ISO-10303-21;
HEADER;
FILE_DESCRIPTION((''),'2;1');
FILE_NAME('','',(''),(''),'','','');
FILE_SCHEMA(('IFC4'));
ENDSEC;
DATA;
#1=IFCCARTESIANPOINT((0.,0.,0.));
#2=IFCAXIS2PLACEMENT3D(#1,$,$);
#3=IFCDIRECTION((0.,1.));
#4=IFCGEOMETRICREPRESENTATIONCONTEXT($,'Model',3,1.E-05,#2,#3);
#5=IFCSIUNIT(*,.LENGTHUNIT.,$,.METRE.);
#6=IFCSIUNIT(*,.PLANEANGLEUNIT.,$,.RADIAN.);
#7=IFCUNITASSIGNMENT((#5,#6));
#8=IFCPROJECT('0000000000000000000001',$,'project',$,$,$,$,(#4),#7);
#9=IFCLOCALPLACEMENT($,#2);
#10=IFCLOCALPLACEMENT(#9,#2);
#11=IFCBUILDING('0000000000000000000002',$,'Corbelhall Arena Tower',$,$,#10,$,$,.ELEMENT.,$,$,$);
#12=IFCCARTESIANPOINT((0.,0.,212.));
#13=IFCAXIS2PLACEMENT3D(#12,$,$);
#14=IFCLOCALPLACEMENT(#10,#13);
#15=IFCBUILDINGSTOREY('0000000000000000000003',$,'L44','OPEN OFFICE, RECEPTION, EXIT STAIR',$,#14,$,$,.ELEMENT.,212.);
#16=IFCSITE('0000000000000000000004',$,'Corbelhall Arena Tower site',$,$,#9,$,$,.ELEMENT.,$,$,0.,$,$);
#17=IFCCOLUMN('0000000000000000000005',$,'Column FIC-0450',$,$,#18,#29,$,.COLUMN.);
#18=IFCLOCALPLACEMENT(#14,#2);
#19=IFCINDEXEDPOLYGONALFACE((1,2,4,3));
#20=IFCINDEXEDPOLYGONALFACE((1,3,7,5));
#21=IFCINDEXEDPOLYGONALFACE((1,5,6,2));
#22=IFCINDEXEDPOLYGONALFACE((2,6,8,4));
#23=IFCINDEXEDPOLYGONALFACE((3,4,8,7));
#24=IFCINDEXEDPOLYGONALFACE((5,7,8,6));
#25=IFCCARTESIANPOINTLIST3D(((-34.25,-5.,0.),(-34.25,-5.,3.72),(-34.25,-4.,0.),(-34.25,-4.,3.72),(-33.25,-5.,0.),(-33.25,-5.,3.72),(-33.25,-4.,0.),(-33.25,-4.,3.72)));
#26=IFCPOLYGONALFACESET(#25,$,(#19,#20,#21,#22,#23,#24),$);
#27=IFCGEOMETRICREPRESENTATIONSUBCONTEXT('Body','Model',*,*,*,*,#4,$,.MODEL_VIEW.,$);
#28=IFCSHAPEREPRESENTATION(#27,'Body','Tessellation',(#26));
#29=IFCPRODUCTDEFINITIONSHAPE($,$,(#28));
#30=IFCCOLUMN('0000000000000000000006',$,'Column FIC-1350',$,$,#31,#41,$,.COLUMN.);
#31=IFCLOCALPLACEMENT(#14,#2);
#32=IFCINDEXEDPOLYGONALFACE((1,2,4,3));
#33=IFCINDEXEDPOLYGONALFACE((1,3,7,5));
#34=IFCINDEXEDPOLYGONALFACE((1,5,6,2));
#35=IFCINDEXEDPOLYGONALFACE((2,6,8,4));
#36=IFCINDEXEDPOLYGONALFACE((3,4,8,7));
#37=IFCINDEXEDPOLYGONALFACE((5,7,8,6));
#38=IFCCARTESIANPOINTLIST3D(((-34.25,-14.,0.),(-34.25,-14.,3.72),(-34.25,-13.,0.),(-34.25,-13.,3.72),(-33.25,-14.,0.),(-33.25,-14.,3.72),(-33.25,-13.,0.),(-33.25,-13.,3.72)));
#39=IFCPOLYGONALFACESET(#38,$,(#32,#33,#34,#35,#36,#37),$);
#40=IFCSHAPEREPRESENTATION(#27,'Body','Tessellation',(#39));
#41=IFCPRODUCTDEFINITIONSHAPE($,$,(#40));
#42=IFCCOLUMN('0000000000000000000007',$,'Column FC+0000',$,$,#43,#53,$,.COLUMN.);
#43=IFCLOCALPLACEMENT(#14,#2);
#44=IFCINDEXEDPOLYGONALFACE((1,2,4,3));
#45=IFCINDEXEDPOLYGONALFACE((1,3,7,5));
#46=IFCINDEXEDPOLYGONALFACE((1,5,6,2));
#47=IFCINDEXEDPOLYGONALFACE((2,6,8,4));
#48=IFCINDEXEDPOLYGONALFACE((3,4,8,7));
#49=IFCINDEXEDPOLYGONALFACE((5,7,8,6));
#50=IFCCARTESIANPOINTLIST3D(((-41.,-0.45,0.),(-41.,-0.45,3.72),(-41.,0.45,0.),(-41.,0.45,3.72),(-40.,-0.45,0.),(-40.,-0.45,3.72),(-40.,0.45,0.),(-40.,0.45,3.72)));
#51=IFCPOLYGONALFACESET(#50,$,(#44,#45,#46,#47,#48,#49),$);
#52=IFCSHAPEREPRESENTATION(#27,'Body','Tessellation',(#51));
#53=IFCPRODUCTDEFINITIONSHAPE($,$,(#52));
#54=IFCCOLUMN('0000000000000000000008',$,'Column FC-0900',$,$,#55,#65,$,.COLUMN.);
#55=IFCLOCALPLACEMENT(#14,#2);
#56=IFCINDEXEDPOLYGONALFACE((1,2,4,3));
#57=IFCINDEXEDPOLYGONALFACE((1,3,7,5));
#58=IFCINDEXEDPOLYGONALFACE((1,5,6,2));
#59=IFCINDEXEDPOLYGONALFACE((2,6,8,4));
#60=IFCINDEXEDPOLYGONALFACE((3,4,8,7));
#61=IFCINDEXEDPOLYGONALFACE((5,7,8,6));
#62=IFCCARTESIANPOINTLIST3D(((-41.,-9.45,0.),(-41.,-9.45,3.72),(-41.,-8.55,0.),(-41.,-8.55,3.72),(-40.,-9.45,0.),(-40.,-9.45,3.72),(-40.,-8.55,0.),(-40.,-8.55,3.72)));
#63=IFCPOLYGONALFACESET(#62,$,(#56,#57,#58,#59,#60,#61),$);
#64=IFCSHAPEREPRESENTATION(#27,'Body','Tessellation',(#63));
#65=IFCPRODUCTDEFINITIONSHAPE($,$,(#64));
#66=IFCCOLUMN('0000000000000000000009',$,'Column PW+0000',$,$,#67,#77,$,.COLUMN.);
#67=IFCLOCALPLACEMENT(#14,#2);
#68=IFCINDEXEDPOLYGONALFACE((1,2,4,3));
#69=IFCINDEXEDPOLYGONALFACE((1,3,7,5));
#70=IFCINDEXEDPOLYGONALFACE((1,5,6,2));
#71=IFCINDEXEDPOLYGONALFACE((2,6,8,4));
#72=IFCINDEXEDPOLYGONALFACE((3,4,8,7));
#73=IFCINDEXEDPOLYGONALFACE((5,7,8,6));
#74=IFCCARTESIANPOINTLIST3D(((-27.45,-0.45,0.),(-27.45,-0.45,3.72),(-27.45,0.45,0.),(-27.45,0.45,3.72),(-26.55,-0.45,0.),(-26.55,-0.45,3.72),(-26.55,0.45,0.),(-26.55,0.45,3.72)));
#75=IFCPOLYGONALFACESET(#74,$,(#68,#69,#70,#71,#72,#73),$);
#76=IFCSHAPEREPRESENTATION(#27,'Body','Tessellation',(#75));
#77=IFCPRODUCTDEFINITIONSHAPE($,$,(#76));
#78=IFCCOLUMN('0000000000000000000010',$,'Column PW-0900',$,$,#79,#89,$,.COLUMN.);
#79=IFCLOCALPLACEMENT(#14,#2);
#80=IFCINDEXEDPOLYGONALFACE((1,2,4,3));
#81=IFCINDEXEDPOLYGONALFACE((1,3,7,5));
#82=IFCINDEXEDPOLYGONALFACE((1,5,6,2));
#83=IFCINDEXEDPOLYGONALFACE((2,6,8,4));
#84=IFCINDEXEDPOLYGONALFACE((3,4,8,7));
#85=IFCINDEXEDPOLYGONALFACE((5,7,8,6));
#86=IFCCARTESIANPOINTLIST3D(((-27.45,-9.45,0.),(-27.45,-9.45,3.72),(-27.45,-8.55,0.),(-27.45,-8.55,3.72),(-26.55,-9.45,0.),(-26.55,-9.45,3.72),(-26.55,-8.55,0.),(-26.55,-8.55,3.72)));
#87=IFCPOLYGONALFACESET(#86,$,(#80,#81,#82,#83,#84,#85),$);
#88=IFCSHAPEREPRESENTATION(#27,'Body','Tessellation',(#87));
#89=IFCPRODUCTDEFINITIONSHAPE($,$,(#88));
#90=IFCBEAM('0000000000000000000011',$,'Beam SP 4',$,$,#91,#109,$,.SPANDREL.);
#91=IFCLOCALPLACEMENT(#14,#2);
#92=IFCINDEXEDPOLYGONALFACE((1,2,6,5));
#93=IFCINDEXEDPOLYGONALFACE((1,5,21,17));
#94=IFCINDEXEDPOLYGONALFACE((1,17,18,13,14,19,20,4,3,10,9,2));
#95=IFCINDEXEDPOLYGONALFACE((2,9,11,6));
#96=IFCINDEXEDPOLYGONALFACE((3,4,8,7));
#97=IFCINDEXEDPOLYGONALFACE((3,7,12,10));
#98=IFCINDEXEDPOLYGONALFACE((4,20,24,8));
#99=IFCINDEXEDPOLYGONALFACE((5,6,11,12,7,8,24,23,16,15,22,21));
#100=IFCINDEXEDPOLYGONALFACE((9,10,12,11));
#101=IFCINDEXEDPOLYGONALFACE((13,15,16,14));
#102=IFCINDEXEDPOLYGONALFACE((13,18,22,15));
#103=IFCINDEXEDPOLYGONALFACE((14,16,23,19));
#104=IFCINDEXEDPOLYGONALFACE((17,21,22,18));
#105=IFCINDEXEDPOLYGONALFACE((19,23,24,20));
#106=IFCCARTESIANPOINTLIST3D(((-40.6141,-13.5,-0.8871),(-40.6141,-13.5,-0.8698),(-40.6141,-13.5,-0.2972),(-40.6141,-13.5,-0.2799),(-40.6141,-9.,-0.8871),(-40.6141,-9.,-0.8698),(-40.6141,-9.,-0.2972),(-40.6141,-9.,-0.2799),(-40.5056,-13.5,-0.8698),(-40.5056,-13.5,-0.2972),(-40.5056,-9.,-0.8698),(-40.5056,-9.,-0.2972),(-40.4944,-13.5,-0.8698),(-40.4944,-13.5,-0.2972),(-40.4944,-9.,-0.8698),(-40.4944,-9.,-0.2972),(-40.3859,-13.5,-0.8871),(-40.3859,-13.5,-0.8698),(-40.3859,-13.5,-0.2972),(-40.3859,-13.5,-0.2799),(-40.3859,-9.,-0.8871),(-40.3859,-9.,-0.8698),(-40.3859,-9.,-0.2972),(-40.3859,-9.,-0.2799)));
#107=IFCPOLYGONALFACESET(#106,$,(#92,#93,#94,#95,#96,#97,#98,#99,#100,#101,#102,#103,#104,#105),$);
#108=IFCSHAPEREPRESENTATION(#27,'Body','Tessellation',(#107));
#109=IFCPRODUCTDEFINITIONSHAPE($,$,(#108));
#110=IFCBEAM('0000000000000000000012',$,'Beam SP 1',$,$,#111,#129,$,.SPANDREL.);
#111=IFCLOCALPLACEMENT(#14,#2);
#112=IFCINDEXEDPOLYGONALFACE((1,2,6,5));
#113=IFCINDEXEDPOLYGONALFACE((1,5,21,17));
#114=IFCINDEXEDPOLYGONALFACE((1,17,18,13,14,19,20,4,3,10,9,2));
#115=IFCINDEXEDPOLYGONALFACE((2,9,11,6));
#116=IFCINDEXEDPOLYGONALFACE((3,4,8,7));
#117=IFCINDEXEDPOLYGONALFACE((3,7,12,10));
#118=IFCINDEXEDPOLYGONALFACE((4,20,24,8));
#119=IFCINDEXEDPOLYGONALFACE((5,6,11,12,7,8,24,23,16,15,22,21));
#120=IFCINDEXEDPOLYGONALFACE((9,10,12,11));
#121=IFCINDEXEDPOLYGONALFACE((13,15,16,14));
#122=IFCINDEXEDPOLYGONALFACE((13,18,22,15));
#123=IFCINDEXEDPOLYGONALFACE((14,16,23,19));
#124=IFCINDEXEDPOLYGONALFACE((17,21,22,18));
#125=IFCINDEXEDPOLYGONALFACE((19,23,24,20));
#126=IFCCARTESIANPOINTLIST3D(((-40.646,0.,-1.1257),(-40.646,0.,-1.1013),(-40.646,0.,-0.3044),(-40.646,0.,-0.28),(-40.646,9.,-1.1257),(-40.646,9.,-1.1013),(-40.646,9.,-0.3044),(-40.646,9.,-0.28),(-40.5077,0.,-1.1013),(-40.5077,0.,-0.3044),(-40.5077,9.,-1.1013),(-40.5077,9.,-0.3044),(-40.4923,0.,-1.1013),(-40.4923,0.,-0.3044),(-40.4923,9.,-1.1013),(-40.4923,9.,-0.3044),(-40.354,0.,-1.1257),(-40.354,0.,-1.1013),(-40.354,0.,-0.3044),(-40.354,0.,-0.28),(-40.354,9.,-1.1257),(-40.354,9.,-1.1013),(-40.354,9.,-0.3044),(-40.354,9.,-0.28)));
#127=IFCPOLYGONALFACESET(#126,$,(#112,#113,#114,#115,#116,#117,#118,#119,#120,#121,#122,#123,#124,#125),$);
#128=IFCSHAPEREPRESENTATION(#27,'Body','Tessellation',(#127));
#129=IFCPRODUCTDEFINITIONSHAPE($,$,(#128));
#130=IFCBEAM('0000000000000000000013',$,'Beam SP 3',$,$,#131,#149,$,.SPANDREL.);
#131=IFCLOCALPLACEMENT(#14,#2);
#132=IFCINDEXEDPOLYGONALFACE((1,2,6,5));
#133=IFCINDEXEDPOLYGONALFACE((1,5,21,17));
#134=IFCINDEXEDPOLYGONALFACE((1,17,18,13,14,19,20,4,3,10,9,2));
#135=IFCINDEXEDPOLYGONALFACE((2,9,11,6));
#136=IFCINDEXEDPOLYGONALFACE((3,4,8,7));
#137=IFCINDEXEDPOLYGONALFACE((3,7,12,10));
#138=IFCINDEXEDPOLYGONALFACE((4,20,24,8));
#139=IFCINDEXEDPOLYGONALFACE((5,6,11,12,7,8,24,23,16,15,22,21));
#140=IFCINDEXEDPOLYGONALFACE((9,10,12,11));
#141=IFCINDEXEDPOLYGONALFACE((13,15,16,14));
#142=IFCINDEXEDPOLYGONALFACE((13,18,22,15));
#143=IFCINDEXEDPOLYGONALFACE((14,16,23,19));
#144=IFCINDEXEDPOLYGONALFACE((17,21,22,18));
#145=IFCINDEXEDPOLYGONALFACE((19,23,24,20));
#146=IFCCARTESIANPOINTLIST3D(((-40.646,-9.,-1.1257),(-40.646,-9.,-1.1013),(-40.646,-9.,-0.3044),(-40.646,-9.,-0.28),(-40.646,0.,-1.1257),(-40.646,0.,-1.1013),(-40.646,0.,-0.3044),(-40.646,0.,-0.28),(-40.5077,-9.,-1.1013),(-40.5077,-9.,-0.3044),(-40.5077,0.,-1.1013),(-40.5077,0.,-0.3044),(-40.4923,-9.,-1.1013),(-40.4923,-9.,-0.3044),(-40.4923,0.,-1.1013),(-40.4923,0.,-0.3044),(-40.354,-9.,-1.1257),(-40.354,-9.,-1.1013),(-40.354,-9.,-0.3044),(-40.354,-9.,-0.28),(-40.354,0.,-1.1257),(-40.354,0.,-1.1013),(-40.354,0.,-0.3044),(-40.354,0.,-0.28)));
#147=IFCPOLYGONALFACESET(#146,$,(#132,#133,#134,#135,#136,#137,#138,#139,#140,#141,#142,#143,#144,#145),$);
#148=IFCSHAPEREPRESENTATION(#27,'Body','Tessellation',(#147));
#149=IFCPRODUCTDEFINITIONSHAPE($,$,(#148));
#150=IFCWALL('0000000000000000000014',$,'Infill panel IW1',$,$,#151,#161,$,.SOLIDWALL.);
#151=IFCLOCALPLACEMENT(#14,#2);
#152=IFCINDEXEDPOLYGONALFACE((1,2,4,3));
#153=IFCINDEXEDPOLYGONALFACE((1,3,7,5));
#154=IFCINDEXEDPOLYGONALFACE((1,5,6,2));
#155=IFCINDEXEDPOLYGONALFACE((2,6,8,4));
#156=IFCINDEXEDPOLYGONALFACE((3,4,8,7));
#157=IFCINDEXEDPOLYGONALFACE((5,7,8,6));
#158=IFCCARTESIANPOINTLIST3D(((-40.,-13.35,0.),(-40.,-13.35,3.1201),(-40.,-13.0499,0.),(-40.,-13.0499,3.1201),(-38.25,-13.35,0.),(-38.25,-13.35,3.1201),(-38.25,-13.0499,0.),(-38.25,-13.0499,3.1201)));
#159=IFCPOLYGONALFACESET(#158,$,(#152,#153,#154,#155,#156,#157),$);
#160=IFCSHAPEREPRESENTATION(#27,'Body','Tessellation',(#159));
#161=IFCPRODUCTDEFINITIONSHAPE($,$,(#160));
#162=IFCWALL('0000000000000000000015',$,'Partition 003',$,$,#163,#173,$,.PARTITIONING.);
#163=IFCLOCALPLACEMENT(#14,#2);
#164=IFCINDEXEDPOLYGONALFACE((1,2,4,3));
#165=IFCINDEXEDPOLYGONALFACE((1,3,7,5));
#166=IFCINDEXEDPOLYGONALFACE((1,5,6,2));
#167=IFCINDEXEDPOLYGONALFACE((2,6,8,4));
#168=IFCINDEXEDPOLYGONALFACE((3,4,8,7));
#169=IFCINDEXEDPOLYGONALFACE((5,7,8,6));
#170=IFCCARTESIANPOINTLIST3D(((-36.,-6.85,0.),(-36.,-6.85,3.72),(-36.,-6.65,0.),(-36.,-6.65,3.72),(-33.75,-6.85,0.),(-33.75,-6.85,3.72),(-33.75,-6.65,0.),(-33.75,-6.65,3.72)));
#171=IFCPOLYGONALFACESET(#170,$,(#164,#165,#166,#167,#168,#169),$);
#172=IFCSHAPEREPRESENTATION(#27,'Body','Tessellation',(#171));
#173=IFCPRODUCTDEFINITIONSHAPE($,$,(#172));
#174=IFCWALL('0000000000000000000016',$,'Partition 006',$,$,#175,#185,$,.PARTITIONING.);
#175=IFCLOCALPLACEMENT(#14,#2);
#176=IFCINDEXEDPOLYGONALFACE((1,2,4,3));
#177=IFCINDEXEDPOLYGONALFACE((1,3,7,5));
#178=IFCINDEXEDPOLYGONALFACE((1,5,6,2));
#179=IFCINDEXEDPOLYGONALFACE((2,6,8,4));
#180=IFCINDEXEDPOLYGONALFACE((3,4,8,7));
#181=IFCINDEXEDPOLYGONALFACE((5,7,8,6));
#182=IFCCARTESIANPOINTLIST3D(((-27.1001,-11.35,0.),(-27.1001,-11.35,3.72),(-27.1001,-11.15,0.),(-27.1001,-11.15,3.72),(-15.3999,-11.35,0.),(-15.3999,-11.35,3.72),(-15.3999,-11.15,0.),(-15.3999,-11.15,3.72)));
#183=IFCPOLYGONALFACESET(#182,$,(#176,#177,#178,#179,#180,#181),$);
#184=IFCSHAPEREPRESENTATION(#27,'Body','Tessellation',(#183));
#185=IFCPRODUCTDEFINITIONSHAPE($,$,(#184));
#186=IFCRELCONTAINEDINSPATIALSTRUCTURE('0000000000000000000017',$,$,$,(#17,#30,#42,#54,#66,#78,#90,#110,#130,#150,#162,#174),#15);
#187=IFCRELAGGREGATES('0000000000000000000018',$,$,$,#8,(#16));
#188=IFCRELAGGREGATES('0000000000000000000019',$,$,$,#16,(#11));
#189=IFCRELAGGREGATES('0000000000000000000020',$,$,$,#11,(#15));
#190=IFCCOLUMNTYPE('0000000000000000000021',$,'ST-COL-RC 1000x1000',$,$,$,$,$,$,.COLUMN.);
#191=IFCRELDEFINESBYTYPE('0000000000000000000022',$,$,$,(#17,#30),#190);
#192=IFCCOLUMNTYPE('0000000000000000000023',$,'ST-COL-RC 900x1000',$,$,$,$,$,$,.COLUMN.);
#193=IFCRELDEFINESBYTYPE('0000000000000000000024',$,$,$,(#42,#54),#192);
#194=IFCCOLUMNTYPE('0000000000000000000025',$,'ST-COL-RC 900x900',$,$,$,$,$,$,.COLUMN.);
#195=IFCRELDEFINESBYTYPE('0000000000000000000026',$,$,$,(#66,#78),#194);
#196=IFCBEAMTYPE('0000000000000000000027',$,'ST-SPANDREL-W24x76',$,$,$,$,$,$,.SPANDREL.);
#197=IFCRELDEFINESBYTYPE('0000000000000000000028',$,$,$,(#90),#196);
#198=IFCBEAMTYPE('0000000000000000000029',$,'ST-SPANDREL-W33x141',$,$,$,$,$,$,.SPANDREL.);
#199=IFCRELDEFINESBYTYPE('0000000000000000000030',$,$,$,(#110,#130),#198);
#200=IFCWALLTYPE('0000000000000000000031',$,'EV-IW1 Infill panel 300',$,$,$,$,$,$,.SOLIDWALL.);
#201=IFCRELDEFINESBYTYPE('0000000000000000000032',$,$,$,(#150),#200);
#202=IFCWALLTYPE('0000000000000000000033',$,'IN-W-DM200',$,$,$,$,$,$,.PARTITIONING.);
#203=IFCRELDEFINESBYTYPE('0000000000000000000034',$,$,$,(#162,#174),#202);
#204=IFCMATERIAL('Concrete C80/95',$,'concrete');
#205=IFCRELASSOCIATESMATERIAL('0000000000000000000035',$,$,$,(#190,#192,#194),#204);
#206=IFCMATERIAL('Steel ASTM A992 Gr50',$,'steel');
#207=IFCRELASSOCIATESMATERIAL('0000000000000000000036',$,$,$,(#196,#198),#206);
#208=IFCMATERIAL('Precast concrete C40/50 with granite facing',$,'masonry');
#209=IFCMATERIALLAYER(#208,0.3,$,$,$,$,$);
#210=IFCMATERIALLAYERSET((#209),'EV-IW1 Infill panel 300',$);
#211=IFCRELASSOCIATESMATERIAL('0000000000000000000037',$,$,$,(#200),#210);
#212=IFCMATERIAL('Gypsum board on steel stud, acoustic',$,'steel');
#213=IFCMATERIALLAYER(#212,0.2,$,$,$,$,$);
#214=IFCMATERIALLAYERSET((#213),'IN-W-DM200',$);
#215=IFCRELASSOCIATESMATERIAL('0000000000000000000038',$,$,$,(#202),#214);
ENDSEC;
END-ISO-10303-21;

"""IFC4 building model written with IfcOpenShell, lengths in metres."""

from ifc_helpers import new_model, si_unit, direction, frame, frame_2d, origin, origin_2d, place, context, subcontext, project, spatial, rectangle, i_section, extrude, material, layer, layer_set, material_profile, profile_set, type_object, element, save


model = new_model("IFC4")

# Units and contexts
model_context = context("Model", 3, precision=1e-05, world=origin(), true_north=direction((0.0, 1.0)))
body_context = subcontext(model_context, "Body", "Model", "MODEL_VIEW")
ifc_project = project(units=[si_unit("LENGTHUNIT", "METRE"), si_unit("PLANEANGLEUNIT", "RADIAN")], contexts=[model_context])

# Site, building, storey
site_placement = place(None, origin())
site = spatial("IfcSite", under=ifc_project, at=site_placement, Name="Corbelhall Arena Tower site", CompositionType="ELEMENT", RefElevation=0.0)
building_placement = place(site_placement, origin())
building = spatial("IfcBuilding", under=site, at=building_placement, Name="Corbelhall Arena Tower", CompositionType="ELEMENT")
storey_placement = place(building_placement, frame((0.0, 0.0, 212.0)))
storey = spatial("IfcBuildingStorey", under=building, at=storey_placement, Name="L44", Description="OPEN OFFICE, RECEPTION, EXIT STAIR", CompositionType="ELEMENT", Elevation=212.0)

# Columns
ifc_material_1 = material(Name="Concrete C80/95", Category="concrete")
ifc_material_profile_1 = material_profile(ifc_material_1, rectangle(XDim=1.0, YDim=1.0, at=origin_2d()))
ifc_profile_set_1 = profile_set([ifc_material_profile_1], Name="Concrete C80/95")
column_type_1 = type_object("IfcColumnType", Name="ST-COL-RC 1000x1000", PredefinedType="COLUMN", material=ifc_profile_set_1)
for number, where, z_axis, x_axis, name in (
    (1, (-33.75, -4.5, 0.0), (0.0, 0.0, 1.0), (1.0, 0.0, 0.0), "Column FIC-0450"),
    (2, (-33.75, -13.5, 0.0), (0.0, 0.0, 1.0), (1.0, 0.0, 0.0), "Column FIC-1350"),
):
    element("IfcColumn", number, at=place(storey_placement, frame(where, z_axis=z_axis, x_axis=x_axis)), inside=storey, type_object=column_type_1, Name=name, PredefinedType="COLUMN", context=body_context, shape_type="SweptSolid", body=[
        extrude(rectangle(XDim=1.0, YDim=1.0, at=origin_2d()), origin(), (0.0, 0.0, 1.0), 3.72),
    ])
ifc_material_profile_2 = material_profile(ifc_material_1, rectangle(XDim=0.8999, YDim=1.0, at=origin_2d()))
ifc_profile_set_2 = profile_set([ifc_material_profile_2], Name="Concrete C80/95")
column_type_2 = type_object("IfcColumnType", Name="ST-COL-RC 900x1000", PredefinedType="COLUMN", material=ifc_profile_set_2)
for number, where, z_axis, x_axis, name in (
    (3, (-40.5, 0.0, 0.0), (0.0, 0.0, 1.0), (0.0, 1.0, 0.0), "Column FC+0000"),
    (4, (-40.5, -9.0, 0.0), (0.0, 0.0, 1.0), (0.0, 1.0, 0.0), "Column FC-0900"),
):
    element("IfcColumn", number, at=place(storey_placement, frame(where, z_axis=z_axis, x_axis=x_axis)), inside=storey, type_object=column_type_2, Name=name, PredefinedType="COLUMN", context=body_context, shape_type="SweptSolid", body=[
        extrude(rectangle(XDim=0.8999, YDim=1.0, at=origin_2d()), origin(), (0.0, 0.0, 1.0), 3.72),
    ])
ifc_material_profile_3 = material_profile(ifc_material_1, rectangle(XDim=0.8999, YDim=0.8999, at=origin_2d()))
ifc_profile_set_3 = profile_set([ifc_material_profile_3], Name="Concrete C80/95")
column_type_3 = type_object("IfcColumnType", Name="ST-COL-RC 900x900", PredefinedType="COLUMN", material=ifc_profile_set_3)
for number, where, z_axis, x_axis, name in (
    (5, (-27.0, 0.0, 0.0), (0.0, 0.0, 1.0), (1.0, 0.0, 0.0), "Column PW+0000"),
    (6, (-27.0, -9.0, 0.0), (0.0, 0.0, 1.0), (1.0, 0.0, 0.0), "Column PW-0900"),
):
    element("IfcColumn", number, at=place(storey_placement, frame(where, z_axis=z_axis, x_axis=x_axis)), inside=storey, type_object=column_type_3, Name=name, PredefinedType="COLUMN", context=body_context, shape_type="SweptSolid", body=[
        extrude(rectangle(XDim=0.8999, YDim=0.8999, at=origin_2d()), origin(), (0.0, 0.0, 1.0), 3.72),
    ])

# Beams
ifc_material_2 = material(Name="Steel ASTM A992 Gr50", Category="steel")
ifc_material_profile_4 = material_profile(ifc_material_2, i_section(OverallWidth=0.2283, OverallDepth=0.6072, WebThickness=0.0112, FlangeThickness=0.0173, at=origin_2d()))
ifc_profile_set_4 = profile_set([ifc_material_profile_4], Name="Steel ASTM A992 Gr50")
beam_type_1 = type_object("IfcBeamType", Name="ST-SPANDREL-W24x76", PredefinedType="SPANDREL", material=ifc_profile_set_4)
beam_placement = place(storey_placement, frame((-40.5, -13.5, -0.5835), z_axis=(0.0, 1.0, 0.0), x_axis=(-1.0, 0.0, 0.0)))
element("IfcBeam", 7, at=beam_placement, inside=storey, type_object=beam_type_1, Name="Beam SP 4", PredefinedType="SPANDREL", context=body_context, shape_type="SweptSolid", body=[
    extrude(i_section(OverallWidth=0.2283, OverallDepth=0.6072, WebThickness=0.0112, FlangeThickness=0.0173, at=origin_2d()), origin(), (0.0, 0.0, 1.0), 4.5),
])
ifc_material_profile_5 = material_profile(ifc_material_2, i_section(OverallWidth=0.292, OverallDepth=0.8457, WebThickness=0.0154, FlangeThickness=0.0244, at=origin_2d()))
ifc_profile_set_5 = profile_set([ifc_material_profile_5], Name="Steel ASTM A992 Gr50")
beam_type_2 = type_object("IfcBeamType", Name="ST-SPANDREL-W33x141", PredefinedType="SPANDREL", material=ifc_profile_set_5)
for number, where, z_axis, x_axis, name in (
    (8, (-40.5, 0.0, -0.7029), (0.0, 1.0, 0.0), (-1.0, 0.0, 0.0), "Beam SP 1"),
    (9, (-40.5, -9.0, -0.7029), (0.0, 1.0, 0.0), (-1.0, 0.0, 0.0), "Beam SP 3"),
):
    element("IfcBeam", number, at=place(storey_placement, frame(where, z_axis=z_axis, x_axis=x_axis)), inside=storey, type_object=beam_type_2, Name=name, PredefinedType="SPANDREL", context=body_context, shape_type="SweptSolid", body=[
        extrude(i_section(OverallWidth=0.292, OverallDepth=0.8457, WebThickness=0.0154, FlangeThickness=0.0244, at=origin_2d()), origin(), (0.0, 0.0, 1.0), 9.0),
    ])

# Wall
ifc_material_3 = material(Name="Precast concrete C40/50 with granite facing", Category="masonry")
ifc_layer_1 = layer(ifc_material_3, 0.3)
ifc_layer_set_1 = layer_set([ifc_layer_1], Name="EV-IW1 Infill panel 300")
wall_type_1 = type_object("IfcWallType", Name="EV-IW1 Infill panel 300", PredefinedType="SOLIDWALL", material=ifc_layer_set_1)
wall_1_placement = place(storey_placement, frame((-40.0, -13.2, 0.0), z_axis=(0.0, 0.0, 1.0), x_axis=(1.0, 0.0, 0.0)))
element("IfcWall", 10, at=wall_1_placement, inside=storey, type_object=wall_type_1, Name="Infill panel IW1", PredefinedType="SOLIDWALL", context=body_context, shape_type="SweptSolid", body=[
    extrude(rectangle(XDim=1.75, YDim=0.3, at=frame_2d((0.875, 0.0))), origin(), (0.0, 0.0, 1.0), 3.1201),
])

# Walls
ifc_material_4 = material(Name="Gypsum board on steel stud, acoustic", Category="steel")
ifc_layer_2 = layer(ifc_material_4, 0.2)
ifc_layer_set_2 = layer_set([ifc_layer_2], Name="IN-W-DM200")
wall_type_2 = type_object("IfcWallType", Name="IN-W-DM200", PredefinedType="PARTITIONING", material=ifc_layer_set_2)
wall_2_placement = place(storey_placement, frame((-33.75, -6.75, 0.0), z_axis=(0.0, 0.0, 1.0), x_axis=(-1.0, 0.0, 0.0)))
element("IfcWall", 11, at=wall_2_placement, inside=storey, type_object=wall_type_2, Name="Partition 003", PredefinedType="PARTITIONING", context=body_context, shape_type="SweptSolid", body=[
    extrude(rectangle(XDim=2.25, YDim=0.2, at=frame_2d((1.125, 0.0))), origin(), (0.0, 0.0, 1.0), 3.72),
])
for number, where, z_axis, x_axis, name in (
    (12, (-27.1001, -11.25, 0.0), (0.0, 0.0, 1.0), (1.0, 0.0, 0.0), "Partition 006"),
):
    element("IfcWall", number, at=place(storey_placement, frame(where, z_axis=z_axis, x_axis=x_axis)), inside=storey, type_object=wall_type_2, Name=name, PredefinedType="PARTITIONING", context=body_context, shape_type="SweptSolid", body=[
        extrude(rectangle(XDim=11.7002, YDim=0.2, at=frame_2d((5.8501, 0.0))), origin(), (0.0, 0.0, 1.0), 3.72),
    ])

save(model, "model.ifc")
